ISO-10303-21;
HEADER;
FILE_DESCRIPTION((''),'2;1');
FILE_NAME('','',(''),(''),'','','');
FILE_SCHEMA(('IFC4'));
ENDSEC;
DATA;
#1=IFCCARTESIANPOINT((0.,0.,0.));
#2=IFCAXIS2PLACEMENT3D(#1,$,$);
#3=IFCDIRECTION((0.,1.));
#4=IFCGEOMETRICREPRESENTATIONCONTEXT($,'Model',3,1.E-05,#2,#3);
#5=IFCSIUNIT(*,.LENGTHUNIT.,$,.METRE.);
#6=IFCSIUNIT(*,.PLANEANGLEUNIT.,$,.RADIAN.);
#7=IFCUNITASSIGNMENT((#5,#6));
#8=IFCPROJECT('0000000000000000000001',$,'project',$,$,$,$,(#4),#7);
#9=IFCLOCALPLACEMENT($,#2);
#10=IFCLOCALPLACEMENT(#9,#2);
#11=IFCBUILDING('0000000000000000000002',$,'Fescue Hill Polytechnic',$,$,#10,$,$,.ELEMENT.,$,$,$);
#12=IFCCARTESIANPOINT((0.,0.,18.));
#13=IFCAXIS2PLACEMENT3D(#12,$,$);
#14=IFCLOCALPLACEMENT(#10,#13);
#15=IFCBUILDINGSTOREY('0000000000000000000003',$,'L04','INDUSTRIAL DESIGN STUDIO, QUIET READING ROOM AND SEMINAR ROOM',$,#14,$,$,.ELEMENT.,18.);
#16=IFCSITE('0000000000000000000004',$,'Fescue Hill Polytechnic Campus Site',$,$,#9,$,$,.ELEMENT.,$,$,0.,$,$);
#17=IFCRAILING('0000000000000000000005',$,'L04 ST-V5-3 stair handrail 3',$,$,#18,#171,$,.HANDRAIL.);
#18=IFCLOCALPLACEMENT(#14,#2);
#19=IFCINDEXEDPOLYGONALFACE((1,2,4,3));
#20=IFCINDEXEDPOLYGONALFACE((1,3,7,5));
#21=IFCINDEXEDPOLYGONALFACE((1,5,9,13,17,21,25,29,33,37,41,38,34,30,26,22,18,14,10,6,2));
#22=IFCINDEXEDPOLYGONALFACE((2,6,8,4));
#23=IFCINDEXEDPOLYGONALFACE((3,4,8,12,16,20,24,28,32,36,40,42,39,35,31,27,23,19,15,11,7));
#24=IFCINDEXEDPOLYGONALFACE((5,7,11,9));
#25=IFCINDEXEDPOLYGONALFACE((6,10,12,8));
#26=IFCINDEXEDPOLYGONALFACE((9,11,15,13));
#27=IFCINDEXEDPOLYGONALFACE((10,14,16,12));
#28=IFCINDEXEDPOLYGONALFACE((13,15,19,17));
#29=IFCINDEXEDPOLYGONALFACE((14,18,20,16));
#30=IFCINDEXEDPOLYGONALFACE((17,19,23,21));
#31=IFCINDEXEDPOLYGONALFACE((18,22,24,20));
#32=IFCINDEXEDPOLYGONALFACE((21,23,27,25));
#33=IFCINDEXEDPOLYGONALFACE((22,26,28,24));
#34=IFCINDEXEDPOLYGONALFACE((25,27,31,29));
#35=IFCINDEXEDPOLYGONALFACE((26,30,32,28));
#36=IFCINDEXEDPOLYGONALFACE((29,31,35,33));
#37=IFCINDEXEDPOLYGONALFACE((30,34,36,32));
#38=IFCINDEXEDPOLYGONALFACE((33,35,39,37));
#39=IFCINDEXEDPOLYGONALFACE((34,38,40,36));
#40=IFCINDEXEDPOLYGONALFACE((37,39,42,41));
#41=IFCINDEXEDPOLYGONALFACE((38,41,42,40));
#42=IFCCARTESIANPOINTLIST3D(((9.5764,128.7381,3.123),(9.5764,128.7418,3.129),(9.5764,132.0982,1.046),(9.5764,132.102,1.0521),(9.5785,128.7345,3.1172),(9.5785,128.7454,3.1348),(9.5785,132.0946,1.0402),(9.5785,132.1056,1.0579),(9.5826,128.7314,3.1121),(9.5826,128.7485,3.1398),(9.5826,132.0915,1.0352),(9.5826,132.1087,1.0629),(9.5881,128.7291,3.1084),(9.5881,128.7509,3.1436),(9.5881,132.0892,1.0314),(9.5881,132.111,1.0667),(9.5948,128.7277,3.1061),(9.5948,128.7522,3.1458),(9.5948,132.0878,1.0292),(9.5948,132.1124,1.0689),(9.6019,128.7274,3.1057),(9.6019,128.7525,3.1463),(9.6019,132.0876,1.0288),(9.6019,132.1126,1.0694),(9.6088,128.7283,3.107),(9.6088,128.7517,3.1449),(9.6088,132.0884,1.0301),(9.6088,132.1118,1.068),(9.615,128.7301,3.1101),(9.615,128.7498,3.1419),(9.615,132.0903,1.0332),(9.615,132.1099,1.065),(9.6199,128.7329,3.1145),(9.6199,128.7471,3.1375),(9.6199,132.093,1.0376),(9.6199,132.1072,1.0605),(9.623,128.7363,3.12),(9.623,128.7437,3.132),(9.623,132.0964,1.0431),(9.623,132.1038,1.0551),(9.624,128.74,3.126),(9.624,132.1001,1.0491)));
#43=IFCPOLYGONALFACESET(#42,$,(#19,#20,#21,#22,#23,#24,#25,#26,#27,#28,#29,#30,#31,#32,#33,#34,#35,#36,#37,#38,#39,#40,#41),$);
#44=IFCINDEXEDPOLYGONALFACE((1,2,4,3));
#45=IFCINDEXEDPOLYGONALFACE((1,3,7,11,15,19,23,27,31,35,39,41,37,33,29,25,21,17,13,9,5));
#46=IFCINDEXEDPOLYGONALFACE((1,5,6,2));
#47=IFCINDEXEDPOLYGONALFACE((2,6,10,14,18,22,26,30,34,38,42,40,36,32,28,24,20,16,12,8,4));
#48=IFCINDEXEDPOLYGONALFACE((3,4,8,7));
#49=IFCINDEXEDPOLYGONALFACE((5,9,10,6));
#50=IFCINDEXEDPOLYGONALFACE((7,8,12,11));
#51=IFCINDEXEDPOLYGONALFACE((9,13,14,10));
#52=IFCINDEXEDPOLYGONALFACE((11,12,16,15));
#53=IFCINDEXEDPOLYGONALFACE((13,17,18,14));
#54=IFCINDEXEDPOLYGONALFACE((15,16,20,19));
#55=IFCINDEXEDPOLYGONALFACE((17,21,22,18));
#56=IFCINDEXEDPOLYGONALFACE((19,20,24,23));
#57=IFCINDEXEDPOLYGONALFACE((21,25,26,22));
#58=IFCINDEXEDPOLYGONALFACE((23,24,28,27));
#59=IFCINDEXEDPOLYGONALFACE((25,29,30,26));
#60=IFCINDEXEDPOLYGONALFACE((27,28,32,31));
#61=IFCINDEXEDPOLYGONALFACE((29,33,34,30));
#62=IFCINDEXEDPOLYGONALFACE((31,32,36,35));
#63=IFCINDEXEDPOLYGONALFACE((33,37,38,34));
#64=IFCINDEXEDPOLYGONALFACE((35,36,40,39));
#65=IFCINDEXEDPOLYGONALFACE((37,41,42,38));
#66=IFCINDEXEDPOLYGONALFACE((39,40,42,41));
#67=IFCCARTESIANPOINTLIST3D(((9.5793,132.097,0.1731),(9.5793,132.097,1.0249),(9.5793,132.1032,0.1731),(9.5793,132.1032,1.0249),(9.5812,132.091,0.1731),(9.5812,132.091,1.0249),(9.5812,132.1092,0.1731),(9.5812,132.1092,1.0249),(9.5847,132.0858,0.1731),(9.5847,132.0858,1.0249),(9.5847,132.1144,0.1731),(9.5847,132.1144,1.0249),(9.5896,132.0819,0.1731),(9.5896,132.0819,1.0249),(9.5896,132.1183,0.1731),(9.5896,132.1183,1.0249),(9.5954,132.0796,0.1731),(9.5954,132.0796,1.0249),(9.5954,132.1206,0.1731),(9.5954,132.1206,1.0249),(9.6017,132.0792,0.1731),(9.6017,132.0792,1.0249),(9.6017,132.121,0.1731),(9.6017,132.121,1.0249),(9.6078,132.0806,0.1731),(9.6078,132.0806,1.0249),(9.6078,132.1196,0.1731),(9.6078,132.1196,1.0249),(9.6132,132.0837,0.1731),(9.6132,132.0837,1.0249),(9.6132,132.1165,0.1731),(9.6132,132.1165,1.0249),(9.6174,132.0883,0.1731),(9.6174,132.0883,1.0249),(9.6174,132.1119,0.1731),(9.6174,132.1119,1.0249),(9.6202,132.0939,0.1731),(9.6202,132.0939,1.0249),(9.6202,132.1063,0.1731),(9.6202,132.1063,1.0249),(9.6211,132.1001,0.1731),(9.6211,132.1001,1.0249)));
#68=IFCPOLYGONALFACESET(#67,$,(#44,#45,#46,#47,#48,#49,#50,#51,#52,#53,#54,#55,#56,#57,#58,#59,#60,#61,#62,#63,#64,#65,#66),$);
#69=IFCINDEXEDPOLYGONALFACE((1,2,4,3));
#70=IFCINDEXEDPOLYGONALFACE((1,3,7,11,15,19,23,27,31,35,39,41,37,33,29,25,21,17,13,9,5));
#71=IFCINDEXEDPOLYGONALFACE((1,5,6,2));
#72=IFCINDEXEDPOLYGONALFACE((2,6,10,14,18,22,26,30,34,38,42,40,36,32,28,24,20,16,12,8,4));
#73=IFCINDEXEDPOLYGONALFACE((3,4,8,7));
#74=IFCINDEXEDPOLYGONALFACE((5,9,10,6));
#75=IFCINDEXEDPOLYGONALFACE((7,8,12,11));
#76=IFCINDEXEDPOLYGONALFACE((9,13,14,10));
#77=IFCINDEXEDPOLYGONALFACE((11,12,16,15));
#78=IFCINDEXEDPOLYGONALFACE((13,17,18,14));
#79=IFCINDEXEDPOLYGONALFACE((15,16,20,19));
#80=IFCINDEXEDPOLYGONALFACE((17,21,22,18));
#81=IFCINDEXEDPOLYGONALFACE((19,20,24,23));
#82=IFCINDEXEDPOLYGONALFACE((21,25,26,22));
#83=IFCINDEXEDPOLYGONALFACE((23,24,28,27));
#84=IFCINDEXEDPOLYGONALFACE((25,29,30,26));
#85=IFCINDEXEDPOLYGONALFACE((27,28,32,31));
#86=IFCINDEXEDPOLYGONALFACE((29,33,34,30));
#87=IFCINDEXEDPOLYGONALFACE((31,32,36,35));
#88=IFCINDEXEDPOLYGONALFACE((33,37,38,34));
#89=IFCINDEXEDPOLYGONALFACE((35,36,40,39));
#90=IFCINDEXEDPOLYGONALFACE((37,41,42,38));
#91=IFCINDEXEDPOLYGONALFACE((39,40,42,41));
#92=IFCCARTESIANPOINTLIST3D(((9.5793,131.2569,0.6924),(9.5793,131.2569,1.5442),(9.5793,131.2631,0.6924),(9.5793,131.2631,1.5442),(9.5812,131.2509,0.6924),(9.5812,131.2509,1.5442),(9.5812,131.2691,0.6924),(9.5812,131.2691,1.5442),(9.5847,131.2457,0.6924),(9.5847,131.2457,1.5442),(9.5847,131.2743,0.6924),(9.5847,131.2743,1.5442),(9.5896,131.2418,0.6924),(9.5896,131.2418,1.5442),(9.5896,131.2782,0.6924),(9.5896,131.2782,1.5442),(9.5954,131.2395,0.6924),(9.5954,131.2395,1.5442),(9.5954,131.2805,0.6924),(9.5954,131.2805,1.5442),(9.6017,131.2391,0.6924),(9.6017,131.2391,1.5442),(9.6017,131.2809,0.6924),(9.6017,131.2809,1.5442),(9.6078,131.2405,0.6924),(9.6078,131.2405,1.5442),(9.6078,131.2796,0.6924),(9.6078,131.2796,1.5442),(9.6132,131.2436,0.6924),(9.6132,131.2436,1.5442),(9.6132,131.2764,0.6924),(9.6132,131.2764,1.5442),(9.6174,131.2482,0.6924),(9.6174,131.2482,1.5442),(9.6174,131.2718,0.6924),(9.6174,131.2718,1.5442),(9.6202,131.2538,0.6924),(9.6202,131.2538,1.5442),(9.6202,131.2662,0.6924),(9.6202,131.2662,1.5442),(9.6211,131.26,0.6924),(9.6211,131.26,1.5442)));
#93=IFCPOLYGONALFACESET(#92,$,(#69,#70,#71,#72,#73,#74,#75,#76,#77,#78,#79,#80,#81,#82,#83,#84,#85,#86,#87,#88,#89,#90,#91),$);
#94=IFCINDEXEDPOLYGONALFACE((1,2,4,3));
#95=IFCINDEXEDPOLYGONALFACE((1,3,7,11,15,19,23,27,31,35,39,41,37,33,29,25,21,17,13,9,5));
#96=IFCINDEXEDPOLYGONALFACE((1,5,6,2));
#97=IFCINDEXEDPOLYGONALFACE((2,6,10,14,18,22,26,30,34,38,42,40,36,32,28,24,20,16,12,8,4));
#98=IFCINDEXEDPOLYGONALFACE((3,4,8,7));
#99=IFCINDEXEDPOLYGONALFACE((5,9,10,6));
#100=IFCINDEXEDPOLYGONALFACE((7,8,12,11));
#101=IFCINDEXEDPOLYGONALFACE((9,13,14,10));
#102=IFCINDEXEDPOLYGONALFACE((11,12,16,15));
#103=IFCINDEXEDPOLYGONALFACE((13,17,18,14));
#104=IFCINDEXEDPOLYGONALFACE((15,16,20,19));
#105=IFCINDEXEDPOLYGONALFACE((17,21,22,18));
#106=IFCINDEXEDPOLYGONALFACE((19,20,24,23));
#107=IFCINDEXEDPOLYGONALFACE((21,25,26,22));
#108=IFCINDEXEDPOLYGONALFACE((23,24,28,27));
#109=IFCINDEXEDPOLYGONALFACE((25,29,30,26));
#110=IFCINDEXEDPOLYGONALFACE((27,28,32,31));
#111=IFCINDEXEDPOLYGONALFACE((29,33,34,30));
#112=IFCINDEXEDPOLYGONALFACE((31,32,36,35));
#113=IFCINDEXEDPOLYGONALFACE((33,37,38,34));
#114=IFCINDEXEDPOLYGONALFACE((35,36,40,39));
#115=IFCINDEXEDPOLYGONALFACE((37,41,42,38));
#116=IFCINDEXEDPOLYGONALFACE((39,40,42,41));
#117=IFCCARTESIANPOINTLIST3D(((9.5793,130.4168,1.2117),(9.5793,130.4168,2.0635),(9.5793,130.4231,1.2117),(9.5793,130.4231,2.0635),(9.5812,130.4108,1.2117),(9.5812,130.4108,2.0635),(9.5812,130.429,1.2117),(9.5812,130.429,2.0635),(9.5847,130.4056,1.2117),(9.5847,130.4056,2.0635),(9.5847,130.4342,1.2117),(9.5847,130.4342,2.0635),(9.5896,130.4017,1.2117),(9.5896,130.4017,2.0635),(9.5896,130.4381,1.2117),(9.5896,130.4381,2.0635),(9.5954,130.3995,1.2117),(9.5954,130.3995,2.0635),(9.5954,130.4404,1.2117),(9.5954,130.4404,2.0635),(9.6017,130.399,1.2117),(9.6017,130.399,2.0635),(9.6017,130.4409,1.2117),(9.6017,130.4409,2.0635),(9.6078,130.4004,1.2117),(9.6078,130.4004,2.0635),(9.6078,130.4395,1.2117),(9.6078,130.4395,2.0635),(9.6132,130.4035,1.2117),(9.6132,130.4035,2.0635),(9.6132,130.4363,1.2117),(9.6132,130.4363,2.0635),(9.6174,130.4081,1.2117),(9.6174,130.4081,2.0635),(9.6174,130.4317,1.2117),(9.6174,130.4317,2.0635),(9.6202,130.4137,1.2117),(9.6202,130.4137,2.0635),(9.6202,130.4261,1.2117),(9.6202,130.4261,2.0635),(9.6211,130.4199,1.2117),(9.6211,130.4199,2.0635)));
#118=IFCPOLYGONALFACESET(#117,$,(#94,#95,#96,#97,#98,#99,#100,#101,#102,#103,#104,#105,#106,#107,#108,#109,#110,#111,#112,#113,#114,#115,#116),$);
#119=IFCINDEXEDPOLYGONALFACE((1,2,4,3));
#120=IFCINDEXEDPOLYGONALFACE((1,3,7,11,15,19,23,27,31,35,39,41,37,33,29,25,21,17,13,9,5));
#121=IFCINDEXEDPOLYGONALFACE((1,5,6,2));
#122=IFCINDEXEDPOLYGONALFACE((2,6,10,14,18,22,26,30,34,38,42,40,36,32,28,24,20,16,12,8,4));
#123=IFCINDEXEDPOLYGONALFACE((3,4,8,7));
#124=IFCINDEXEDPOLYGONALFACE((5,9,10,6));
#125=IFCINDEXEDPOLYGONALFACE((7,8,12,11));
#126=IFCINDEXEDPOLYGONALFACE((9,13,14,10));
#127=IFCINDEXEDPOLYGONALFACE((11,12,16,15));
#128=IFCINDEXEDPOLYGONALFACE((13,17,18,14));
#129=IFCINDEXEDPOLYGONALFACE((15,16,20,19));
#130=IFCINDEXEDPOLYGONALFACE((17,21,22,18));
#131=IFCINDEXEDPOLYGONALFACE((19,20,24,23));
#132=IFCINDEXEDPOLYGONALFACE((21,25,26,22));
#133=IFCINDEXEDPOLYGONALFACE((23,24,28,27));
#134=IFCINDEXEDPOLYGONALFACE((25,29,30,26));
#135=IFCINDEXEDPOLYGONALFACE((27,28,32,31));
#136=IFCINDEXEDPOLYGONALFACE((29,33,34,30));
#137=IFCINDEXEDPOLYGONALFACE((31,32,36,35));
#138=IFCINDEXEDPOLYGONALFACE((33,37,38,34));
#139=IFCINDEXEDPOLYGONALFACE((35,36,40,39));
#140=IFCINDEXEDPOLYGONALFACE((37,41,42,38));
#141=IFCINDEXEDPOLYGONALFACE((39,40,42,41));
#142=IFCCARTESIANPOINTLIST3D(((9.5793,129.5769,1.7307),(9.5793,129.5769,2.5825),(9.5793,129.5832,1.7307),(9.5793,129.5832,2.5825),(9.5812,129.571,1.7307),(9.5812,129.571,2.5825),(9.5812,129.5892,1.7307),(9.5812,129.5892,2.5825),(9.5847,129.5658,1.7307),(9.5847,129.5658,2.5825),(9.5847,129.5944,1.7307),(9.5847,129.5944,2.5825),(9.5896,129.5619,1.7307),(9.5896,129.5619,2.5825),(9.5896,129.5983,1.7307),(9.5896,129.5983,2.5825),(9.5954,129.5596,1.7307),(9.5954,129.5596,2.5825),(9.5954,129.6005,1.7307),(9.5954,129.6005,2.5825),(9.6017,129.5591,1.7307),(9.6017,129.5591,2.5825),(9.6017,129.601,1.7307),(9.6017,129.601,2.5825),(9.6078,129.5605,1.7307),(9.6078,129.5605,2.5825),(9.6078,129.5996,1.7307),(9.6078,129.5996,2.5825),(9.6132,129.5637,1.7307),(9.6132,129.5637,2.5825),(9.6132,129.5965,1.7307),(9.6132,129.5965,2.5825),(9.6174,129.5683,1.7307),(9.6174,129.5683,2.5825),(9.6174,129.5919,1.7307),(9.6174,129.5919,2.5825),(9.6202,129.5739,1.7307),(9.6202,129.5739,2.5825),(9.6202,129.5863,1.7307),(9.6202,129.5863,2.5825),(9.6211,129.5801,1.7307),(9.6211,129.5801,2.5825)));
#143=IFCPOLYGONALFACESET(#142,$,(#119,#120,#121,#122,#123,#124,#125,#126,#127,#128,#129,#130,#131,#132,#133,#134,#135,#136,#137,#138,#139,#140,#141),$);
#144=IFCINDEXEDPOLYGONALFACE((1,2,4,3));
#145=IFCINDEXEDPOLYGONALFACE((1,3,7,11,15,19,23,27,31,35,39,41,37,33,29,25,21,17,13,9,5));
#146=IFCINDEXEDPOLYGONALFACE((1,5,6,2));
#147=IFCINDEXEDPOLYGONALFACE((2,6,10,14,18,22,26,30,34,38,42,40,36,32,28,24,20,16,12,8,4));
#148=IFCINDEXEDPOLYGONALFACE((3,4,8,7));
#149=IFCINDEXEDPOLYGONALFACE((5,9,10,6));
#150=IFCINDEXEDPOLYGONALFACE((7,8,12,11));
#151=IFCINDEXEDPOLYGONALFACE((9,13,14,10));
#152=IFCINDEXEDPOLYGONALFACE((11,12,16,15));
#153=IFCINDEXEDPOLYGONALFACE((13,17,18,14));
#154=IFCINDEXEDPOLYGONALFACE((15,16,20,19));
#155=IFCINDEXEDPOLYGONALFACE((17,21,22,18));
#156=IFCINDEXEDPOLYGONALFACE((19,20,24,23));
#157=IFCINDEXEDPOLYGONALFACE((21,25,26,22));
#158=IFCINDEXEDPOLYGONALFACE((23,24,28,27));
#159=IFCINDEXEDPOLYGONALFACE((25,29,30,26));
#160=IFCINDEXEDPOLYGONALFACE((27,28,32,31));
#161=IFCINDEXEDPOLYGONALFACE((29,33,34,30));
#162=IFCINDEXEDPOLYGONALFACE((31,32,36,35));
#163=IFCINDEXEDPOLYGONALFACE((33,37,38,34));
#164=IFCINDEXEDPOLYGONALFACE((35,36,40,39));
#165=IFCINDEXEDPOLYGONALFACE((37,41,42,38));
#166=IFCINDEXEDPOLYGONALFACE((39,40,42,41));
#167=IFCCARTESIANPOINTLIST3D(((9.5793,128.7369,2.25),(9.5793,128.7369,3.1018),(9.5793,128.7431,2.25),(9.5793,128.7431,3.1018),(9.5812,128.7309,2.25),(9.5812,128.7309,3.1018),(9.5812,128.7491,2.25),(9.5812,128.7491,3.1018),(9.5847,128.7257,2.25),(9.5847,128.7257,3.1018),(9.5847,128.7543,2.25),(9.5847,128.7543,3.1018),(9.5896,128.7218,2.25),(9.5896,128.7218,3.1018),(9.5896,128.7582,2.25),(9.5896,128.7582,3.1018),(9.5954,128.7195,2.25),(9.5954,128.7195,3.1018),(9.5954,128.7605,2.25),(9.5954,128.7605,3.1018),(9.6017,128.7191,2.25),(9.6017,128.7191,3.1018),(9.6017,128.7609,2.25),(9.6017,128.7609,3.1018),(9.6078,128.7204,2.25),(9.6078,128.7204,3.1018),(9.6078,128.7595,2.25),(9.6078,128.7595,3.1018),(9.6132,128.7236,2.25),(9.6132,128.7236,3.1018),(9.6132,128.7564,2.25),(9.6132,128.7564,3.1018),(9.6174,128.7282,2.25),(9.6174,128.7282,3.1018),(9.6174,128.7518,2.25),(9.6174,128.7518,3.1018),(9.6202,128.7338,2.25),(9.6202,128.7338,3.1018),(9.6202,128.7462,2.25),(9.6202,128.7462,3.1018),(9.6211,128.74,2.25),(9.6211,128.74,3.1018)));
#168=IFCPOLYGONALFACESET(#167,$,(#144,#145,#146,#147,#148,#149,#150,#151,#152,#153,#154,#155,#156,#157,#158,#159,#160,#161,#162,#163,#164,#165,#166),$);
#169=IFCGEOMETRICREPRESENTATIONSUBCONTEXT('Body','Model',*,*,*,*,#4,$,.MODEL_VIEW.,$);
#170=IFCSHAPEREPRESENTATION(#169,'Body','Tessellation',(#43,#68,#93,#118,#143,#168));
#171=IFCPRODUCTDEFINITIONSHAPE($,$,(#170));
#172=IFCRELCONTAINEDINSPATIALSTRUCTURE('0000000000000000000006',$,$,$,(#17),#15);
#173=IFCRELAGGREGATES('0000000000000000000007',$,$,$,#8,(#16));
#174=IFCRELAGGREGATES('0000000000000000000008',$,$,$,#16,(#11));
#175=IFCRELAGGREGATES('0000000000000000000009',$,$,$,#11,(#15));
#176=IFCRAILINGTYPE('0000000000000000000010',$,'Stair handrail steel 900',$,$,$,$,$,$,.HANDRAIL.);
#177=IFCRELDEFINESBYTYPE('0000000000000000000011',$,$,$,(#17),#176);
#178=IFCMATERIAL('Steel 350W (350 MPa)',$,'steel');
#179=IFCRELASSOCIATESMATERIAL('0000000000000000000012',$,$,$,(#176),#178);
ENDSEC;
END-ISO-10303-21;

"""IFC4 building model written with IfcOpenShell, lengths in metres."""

from ifc_helpers import new_model, si_unit, direction, frame, origin, origin_2d, place, context, subcontext, project, spatial, circle, extrude, material, type_object, element, save


model = new_model("IFC4")

# Units and contexts
model_context = context("Model", 3, precision=1e-05, world=origin(), true_north=direction((0.0, 1.0)))
body_context = subcontext(model_context, "Body", "Model", "MODEL_VIEW")
ifc_project = project(units=[si_unit("LENGTHUNIT", "METRE"), si_unit("PLANEANGLEUNIT", "RADIAN")], contexts=[model_context])

# Site, building, storey
site_placement = place(None, origin())
site = spatial("IfcSite", under=ifc_project, at=site_placement, Name="Fescue Hill Polytechnic Campus Site", CompositionType="ELEMENT", RefElevation=0.0)
building_placement = place(site_placement, origin())
building = spatial("IfcBuilding", under=site, at=building_placement, Name="Fescue Hill Polytechnic", CompositionType="ELEMENT")
storey_placement = place(building_placement, frame((0.0, 0.0, 18.0)))
storey = spatial("IfcBuildingStorey", under=building, at=storey_placement, Name="L04", Description="INDUSTRIAL DESIGN STUDIO, QUIET READING ROOM AND SEMINAR ROOM", CompositionType="ELEMENT", Elevation=18.0)

# Railing
ifc_material_1 = material(Name="Steel 350W (350 MPa)", Category="steel")
railing_type_1 = type_object("IfcRailingType", Name="Stair handrail steel 900", PredefinedType="HANDRAIL", material=ifc_material_1)
railing_1_placement = place(storey_placement, frame((9.6001, 132.1001, 0.1731)))
element("IfcRailing", 1, at=railing_1_placement, inside=storey, type_object=railing_type_1, Name="L04 ST-V5-3 stair handrail 3", PredefinedType="HANDRAIL", context=body_context, shape_type="SweptSolid", body=[
    extrude(circle(Radius=0.0239, at=origin_2d()), frame((0.0, 0.0, 0.876), z_axis=(0.0, -0.850623, 0.525776), x_axis=(1.0, 0.0, 0.0)), (0.0, 0.0, 1.0), 3.9502),
    extrude(circle(Radius=0.021, at=origin_2d()), origin(), (0.0, 0.0, 1.0), 0.8518),
    extrude(circle(Radius=0.021, at=origin_2d()), frame((0.0, -0.8401, 0.5193)), (0.0, 0.0, 1.0), 0.8518),
    extrude(circle(Radius=0.021, at=origin_2d()), frame((0.0, -1.6802, 1.0386)), (0.0, 0.0, 1.0), 0.8518),
    extrude(circle(Radius=0.021, at=origin_2d()), frame((0.0, -2.52, 1.5576)), (0.0, 0.0, 1.0), 0.8518),
    extrude(circle(Radius=0.021, at=origin_2d()), frame((0.0, -3.3601, 2.0769)), (0.0, 0.0, 1.0), 0.8518),
])

save(model, "model.ifc")
